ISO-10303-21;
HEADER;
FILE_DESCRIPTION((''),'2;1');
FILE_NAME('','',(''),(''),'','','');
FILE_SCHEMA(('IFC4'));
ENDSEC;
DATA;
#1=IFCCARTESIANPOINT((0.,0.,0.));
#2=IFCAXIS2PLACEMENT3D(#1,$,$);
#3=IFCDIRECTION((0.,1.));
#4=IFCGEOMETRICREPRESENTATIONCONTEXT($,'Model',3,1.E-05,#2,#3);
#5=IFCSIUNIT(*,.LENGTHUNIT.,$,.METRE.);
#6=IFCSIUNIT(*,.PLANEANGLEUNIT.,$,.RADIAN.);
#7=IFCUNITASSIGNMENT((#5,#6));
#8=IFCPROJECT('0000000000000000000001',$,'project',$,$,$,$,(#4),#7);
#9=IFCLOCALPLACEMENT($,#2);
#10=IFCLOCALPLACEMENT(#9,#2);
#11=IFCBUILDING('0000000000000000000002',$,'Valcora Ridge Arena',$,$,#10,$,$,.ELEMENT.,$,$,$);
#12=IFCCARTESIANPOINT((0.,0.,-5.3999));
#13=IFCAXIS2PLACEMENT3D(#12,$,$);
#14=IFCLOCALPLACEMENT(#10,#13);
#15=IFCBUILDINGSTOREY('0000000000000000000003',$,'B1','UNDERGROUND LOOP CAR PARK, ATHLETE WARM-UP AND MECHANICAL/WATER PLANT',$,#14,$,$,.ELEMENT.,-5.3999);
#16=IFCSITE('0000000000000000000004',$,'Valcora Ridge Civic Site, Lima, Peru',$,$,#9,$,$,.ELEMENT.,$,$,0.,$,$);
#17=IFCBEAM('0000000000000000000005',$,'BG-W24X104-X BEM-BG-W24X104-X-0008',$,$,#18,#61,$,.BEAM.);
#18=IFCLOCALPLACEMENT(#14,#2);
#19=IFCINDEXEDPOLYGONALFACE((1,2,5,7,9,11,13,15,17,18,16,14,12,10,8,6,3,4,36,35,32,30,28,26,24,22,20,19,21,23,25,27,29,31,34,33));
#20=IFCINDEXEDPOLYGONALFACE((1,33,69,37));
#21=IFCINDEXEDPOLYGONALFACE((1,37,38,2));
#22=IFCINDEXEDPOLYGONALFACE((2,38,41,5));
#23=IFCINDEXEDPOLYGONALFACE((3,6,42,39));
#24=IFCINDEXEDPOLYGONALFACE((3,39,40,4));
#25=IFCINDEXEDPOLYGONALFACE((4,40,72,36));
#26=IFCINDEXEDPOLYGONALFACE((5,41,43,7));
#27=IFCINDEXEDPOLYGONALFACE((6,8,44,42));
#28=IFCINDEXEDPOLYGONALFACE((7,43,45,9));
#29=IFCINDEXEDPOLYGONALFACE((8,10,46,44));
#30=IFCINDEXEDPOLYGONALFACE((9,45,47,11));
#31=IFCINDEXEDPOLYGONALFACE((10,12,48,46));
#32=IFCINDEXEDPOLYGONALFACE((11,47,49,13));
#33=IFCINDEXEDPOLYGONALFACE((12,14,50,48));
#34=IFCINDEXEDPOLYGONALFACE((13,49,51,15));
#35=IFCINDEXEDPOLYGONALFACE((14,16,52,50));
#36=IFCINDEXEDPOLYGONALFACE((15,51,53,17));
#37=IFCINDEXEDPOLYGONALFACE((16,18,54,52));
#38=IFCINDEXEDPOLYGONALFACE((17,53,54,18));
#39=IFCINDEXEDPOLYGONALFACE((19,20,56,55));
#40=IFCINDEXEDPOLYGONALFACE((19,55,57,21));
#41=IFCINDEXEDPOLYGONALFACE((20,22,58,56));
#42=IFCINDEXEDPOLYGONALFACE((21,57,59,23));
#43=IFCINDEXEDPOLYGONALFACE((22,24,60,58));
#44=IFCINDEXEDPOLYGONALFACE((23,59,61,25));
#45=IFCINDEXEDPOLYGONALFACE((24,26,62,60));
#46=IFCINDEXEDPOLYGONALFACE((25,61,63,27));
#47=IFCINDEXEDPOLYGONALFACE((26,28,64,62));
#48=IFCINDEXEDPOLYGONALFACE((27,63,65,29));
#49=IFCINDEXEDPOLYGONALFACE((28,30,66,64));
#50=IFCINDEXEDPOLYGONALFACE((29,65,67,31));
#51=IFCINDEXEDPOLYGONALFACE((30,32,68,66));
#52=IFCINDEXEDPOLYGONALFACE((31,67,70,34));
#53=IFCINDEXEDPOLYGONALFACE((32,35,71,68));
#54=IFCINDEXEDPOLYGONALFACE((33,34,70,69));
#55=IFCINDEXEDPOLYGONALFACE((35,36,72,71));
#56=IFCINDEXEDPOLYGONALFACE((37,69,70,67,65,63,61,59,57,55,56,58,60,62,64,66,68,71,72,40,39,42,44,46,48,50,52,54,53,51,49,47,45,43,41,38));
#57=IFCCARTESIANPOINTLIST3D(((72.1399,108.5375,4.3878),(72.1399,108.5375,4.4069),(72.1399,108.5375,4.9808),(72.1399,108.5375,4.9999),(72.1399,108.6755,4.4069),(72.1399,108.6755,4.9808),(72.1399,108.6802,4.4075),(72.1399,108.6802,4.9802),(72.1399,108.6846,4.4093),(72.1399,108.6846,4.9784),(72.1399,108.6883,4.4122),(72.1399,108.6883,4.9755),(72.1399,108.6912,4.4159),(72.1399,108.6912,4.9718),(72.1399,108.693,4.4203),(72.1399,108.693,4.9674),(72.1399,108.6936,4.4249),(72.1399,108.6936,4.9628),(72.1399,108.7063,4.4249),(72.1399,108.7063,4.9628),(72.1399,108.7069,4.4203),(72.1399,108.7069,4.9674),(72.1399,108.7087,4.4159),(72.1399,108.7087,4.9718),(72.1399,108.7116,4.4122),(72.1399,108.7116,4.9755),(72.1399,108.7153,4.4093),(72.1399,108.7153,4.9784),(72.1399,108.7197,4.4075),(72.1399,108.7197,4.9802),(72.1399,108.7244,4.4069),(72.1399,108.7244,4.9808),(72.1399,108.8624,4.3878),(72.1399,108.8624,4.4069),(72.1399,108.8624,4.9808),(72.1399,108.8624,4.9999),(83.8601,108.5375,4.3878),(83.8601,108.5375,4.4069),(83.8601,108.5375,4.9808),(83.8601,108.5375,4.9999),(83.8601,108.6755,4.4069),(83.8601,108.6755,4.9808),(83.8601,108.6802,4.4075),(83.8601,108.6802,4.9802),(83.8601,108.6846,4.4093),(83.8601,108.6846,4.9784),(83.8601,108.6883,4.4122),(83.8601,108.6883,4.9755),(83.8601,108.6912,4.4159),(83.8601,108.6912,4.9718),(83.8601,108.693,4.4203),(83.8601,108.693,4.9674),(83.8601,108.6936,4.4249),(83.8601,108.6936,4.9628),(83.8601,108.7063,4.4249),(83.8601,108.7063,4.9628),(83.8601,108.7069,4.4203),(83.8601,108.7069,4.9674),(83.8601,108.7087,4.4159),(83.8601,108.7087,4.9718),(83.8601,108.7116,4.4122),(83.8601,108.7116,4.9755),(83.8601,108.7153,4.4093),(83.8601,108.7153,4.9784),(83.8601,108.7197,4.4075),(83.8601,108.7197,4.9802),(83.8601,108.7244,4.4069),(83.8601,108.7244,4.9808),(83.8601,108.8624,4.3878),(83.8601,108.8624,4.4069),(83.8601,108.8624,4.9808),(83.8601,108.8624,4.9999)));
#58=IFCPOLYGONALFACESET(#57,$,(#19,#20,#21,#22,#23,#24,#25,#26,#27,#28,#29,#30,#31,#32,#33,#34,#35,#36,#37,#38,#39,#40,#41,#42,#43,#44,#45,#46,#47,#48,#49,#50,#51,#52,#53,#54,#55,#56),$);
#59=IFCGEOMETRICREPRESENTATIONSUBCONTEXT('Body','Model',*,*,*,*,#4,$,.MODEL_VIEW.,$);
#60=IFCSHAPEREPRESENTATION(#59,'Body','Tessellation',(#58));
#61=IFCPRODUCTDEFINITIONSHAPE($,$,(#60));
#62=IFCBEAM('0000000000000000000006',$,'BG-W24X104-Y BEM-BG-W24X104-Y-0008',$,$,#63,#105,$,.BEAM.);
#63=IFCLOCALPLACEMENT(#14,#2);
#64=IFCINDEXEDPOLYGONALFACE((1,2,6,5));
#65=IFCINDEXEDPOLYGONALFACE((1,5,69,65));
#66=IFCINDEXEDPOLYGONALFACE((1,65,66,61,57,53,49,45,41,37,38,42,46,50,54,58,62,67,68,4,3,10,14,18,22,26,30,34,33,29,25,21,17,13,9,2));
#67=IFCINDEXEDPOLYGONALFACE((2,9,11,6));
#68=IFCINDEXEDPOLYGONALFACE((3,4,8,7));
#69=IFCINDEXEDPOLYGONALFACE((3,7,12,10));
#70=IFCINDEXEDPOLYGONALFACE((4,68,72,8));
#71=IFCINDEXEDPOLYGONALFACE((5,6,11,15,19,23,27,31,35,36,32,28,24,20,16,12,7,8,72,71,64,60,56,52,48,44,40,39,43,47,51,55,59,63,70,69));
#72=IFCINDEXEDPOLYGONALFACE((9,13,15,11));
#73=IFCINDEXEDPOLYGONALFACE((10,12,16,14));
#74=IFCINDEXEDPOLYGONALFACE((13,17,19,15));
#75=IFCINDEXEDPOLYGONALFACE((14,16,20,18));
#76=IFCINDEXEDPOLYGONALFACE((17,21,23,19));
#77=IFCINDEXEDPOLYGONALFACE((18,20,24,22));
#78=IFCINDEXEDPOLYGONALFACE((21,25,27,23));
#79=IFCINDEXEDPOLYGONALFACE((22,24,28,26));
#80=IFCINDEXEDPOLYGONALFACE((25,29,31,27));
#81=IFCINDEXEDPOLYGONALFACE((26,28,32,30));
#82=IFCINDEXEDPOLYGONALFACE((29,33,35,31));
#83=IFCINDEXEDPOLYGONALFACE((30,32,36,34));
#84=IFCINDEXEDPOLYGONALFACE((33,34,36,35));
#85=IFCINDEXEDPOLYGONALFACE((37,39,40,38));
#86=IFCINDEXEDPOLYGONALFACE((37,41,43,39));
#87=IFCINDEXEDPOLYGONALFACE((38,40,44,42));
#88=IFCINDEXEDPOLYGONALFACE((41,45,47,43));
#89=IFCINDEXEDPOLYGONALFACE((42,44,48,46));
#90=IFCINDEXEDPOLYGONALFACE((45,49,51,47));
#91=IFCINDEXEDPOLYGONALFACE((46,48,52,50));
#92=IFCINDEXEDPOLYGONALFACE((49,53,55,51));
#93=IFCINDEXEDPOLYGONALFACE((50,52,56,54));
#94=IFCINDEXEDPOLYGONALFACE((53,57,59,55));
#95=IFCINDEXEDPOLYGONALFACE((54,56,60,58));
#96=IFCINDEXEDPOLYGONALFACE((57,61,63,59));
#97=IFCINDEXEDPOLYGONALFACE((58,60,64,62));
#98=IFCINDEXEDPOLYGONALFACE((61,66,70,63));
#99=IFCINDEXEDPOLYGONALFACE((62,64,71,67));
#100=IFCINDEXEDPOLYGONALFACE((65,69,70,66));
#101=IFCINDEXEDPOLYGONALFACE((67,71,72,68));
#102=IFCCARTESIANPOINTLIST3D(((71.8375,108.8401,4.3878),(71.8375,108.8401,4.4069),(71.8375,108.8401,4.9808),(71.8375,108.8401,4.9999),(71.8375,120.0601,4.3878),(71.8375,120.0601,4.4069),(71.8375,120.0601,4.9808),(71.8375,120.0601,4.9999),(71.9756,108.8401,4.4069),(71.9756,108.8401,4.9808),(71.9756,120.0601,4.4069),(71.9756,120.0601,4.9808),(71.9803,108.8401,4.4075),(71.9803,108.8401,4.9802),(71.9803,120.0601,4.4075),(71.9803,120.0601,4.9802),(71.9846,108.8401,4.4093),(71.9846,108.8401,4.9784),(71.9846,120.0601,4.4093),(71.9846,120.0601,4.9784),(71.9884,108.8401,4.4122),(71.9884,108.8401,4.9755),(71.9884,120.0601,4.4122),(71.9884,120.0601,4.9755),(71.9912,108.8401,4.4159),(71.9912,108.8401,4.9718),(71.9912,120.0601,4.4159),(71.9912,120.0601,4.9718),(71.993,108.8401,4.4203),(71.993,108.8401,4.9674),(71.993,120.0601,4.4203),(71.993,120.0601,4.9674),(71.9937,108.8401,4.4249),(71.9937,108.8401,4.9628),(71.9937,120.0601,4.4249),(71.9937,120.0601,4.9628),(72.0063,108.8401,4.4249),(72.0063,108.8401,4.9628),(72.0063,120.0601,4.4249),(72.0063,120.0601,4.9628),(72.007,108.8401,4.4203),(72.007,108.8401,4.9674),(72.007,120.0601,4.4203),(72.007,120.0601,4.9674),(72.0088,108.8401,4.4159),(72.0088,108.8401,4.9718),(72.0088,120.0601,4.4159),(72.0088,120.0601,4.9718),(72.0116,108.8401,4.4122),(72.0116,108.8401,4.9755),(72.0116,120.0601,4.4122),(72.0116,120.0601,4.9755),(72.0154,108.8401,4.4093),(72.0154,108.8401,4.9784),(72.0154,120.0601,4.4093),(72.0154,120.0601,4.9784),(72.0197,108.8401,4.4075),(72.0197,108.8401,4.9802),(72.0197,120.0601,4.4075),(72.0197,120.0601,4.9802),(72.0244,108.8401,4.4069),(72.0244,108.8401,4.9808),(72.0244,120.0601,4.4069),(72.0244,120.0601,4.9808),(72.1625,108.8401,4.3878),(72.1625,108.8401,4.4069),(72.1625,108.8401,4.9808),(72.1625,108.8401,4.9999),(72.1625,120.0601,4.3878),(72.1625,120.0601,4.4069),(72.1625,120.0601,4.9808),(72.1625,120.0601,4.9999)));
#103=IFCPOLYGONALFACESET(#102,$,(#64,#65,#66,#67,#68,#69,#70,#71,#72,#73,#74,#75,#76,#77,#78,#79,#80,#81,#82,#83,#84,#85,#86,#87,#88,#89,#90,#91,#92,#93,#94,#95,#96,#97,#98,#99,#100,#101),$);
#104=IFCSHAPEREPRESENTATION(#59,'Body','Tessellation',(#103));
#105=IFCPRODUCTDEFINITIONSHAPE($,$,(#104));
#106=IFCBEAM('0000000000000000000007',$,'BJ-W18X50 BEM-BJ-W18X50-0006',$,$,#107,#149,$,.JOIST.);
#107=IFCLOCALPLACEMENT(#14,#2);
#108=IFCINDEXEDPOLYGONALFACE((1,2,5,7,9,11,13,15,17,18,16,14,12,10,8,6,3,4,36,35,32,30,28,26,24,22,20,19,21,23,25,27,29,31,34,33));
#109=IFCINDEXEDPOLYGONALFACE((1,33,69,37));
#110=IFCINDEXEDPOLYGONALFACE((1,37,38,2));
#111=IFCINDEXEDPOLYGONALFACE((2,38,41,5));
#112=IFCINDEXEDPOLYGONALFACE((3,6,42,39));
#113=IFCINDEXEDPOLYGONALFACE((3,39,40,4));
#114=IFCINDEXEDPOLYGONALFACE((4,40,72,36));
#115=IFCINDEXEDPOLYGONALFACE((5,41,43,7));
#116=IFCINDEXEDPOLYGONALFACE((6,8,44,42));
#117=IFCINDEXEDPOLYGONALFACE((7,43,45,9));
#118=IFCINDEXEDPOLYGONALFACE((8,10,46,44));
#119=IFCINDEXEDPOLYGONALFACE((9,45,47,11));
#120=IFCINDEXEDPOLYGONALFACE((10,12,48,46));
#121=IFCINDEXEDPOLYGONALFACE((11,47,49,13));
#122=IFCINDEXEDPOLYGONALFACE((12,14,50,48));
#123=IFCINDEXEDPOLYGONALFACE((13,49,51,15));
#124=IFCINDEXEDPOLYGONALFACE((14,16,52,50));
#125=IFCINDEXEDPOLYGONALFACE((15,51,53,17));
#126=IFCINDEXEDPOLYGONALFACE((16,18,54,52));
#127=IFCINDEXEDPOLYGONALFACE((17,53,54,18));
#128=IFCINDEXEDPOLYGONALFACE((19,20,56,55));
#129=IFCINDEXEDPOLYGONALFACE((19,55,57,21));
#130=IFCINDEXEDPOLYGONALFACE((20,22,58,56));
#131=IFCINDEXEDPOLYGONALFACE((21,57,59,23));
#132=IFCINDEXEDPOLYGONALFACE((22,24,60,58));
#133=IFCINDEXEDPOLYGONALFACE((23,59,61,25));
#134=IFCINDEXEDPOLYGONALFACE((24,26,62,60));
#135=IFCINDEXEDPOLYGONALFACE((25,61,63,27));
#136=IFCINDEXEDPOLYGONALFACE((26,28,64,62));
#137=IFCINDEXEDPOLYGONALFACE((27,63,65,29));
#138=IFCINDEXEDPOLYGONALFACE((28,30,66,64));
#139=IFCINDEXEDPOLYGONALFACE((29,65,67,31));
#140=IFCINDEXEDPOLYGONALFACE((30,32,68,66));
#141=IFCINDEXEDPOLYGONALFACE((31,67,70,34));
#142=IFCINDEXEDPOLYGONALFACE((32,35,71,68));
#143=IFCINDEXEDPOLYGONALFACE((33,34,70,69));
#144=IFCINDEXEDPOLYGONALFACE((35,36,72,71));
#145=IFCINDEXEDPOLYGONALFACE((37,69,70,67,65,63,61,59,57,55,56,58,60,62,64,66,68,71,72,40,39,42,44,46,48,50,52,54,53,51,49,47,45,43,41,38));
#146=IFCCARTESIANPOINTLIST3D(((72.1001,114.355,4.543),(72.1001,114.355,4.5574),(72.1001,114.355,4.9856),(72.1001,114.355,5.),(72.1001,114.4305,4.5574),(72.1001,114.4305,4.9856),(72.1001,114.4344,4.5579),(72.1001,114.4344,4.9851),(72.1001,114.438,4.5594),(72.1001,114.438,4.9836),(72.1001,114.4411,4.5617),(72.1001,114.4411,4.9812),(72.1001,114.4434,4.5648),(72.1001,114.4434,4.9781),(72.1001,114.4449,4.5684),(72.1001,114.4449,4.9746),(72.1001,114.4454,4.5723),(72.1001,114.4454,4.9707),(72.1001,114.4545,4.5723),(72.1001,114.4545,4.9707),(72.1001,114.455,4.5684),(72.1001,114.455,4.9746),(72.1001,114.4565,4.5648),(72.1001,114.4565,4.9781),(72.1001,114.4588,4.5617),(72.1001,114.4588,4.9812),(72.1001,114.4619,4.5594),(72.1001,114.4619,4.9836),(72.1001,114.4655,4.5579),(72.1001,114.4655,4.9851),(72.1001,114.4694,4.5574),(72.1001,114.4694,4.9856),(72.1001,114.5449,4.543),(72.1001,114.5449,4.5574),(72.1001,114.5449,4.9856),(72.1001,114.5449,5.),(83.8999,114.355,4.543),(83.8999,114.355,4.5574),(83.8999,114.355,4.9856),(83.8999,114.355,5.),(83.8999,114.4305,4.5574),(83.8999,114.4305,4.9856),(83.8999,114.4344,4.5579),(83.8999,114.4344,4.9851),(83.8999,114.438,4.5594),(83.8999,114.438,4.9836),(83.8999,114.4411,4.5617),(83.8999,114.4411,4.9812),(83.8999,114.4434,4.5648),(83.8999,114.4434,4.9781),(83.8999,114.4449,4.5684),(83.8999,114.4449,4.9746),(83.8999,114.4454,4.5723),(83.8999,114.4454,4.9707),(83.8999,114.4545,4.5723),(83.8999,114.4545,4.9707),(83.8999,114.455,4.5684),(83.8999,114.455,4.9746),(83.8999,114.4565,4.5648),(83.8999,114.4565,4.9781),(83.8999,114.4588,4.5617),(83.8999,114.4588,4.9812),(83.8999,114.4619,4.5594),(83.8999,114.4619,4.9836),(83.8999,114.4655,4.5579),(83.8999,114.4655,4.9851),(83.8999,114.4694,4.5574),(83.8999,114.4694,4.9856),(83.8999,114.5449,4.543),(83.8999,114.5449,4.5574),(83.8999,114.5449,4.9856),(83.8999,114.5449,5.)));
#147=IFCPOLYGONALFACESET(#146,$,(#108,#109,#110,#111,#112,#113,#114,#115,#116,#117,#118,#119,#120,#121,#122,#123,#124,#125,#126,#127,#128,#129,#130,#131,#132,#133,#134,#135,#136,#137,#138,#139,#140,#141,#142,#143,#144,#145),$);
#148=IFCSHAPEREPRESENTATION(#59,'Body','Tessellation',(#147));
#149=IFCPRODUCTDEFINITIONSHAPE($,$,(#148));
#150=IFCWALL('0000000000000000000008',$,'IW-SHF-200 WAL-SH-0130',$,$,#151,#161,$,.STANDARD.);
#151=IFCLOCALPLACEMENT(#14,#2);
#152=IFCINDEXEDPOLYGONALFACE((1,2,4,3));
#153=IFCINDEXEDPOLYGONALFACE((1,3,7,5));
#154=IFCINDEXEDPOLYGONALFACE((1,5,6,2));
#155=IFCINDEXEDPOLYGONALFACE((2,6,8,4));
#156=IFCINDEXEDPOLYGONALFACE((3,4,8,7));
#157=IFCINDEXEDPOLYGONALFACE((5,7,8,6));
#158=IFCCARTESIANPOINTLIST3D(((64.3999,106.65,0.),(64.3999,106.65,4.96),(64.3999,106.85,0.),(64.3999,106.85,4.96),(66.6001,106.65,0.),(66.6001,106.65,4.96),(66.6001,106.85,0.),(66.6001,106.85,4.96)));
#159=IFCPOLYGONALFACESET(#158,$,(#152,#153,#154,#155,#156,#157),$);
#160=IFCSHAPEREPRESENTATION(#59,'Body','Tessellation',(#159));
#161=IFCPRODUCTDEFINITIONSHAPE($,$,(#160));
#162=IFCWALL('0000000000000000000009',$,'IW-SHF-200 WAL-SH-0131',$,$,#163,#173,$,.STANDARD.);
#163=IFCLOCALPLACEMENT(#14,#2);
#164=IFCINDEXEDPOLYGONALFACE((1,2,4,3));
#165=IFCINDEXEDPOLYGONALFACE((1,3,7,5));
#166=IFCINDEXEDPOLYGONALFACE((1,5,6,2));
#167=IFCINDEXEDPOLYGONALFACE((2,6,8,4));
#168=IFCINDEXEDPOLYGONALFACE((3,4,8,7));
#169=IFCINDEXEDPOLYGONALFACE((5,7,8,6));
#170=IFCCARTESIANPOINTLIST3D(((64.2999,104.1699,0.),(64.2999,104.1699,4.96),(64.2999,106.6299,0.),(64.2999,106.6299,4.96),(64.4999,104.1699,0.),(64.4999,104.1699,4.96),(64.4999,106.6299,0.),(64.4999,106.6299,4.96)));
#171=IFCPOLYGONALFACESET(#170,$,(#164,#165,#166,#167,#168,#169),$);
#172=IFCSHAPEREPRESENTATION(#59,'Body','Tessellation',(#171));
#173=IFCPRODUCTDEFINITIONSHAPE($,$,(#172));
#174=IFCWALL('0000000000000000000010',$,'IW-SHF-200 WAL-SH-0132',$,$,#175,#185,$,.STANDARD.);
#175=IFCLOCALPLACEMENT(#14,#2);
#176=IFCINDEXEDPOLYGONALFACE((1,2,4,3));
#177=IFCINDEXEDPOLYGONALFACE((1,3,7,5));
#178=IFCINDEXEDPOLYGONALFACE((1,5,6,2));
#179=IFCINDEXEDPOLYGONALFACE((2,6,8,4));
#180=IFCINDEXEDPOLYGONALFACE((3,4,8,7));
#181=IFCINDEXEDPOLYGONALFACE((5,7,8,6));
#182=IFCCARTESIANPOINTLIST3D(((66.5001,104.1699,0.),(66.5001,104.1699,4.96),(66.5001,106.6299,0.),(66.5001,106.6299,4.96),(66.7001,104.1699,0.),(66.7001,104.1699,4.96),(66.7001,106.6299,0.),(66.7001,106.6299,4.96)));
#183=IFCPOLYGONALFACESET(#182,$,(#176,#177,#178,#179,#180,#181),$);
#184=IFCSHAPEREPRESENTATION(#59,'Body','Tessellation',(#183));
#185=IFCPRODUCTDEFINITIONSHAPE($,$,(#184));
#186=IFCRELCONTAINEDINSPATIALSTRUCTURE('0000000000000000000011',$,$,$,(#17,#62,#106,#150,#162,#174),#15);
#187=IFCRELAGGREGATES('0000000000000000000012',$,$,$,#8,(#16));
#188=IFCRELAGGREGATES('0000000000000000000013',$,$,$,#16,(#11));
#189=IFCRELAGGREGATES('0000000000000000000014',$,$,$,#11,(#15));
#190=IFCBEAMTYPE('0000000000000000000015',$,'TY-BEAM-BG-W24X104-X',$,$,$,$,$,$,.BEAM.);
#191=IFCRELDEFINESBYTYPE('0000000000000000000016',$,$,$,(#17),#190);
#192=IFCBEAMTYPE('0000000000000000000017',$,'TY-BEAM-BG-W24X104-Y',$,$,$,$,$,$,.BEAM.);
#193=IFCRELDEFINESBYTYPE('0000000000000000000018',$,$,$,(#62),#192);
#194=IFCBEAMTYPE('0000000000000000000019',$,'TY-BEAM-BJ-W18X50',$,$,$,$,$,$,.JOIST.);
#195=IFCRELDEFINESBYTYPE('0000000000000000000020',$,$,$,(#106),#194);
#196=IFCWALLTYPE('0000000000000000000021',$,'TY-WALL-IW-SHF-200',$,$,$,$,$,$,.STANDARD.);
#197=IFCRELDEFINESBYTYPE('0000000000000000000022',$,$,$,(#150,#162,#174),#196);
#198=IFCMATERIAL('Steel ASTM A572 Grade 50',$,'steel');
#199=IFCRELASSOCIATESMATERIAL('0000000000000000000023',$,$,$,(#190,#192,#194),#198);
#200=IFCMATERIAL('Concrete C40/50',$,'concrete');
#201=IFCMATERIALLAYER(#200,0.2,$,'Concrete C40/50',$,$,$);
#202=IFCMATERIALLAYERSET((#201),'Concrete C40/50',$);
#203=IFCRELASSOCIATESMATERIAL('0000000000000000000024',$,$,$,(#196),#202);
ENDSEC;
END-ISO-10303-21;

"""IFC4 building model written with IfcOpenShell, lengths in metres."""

from ifc_helpers import new_model, si_unit, direction, frame, frame_2d, origin, origin_2d, place, context, subcontext, project, spatial, rectangle, i_section, extrude, material, layer, layer_set, material_profile, profile_set, type_object, element, save


model = new_model("IFC4")

# Units and contexts
model_context = context("Model", 3, precision=1e-05, world=origin(), true_north=direction((0.0, 1.0)))
body_context = subcontext(model_context, "Body", "Model", "MODEL_VIEW")
ifc_project = project(units=[si_unit("LENGTHUNIT", "METRE"), si_unit("PLANEANGLEUNIT", "RADIAN")], contexts=[model_context])

# Site, building, storey
site_placement = place(None, origin())
site = spatial("IfcSite", under=ifc_project, at=site_placement, Name="Valcora Ridge Civic Site, Lima, Peru", CompositionType="ELEMENT", RefElevation=0.0)
building_placement = place(site_placement, origin())
building = spatial("IfcBuilding", under=site, at=building_placement, Name="Valcora Ridge Arena", CompositionType="ELEMENT")
storey_placement = place(building_placement, frame((0.0, 0.0, -5.3999)))
storey = spatial("IfcBuildingStorey", under=building, at=storey_placement, Name="B1", Description="UNDERGROUND LOOP CAR PARK, ATHLETE WARM-UP AND MECHANICAL/WATER PLANT", CompositionType="ELEMENT", Elevation=-5.3999)

# Shared definitions
ifc_material_1 = material(Name="Concrete C40/50", Category="concrete")

# Beams
ifc_material_2 = material(Name="Steel ASTM A572 Grade 50", Category="steel")
ifc_material_profile_1 = material_profile(ifc_material_2, i_section(OverallWidth=0.325, OverallDepth=0.6121, WebThickness=0.0127, FlangeThickness=0.019, FilletRadius=0.0181, at=origin_2d()), Name="W24X104")
ifc_profile_set_1 = profile_set([ifc_material_profile_1], Name="Steel ASTM A572 Grade 50")
beam_type_1 = type_object("IfcBeamType", Name="TY-BEAM-BG-W24X104-X", PredefinedType="BEAM", material=ifc_profile_set_1)
for number, where, z_axis, x_axis, name in (
    (1, (72.1399, 108.7, 4.6938), (1.0, 0.0, 0.0), (0.0, 1.0, 0.0), "BG-W24X104-X BEM-BG-W24X104-X-0008"),
):
    element("IfcBeam", number, at=place(storey_placement, frame(where, z_axis=z_axis, x_axis=x_axis)), inside=storey, type_object=beam_type_1, Name=name, PredefinedType="BEAM", context=body_context, shape_type="SweptSolid", body=[
        extrude(i_section(OverallWidth=0.325, OverallDepth=0.6121, WebThickness=0.0127, FlangeThickness=0.019, FilletRadius=0.0181, at=origin_2d()), origin(), (0.0, 0.0, 1.0), 11.7202),
    ])
ifc_material_profile_2 = material_profile(ifc_material_2, i_section(OverallWidth=0.325, OverallDepth=0.6121, WebThickness=0.0127, FlangeThickness=0.019, FilletRadius=0.0181, at=origin_2d()), Name="W24X104")
ifc_profile_set_2 = profile_set([ifc_material_profile_2], Name="Steel ASTM A572 Grade 50")
beam_type_2 = type_object("IfcBeamType", Name="TY-BEAM-BG-W24X104-Y", PredefinedType="BEAM", material=ifc_profile_set_2)
beam_1_placement = place(storey_placement, frame((72.0, 108.8401, 4.6938), z_axis=(0.0, 1.0, 0.0), x_axis=(-1.0, 0.0, 0.0)))
element("IfcBeam", 2, at=beam_1_placement, inside=storey, type_object=beam_type_2, Name="BG-W24X104-Y BEM-BG-W24X104-Y-0008", PredefinedType="BEAM", context=body_context, shape_type="SweptSolid", body=[
    extrude(i_section(OverallWidth=0.325, OverallDepth=0.6121, WebThickness=0.0127, FlangeThickness=0.019, FilletRadius=0.0181, at=origin_2d()), origin(), (0.0, 0.0, 1.0), 11.22),
])
ifc_material_profile_3 = material_profile(ifc_material_2, i_section(OverallWidth=0.1899, OverallDepth=0.457, WebThickness=0.009, FlangeThickness=0.0144, FilletRadius=0.0149, at=origin_2d()), Name="W18X50")
ifc_profile_set_3 = profile_set([ifc_material_profile_3], Name="Steel ASTM A572 Grade 50")
beam_type_3 = type_object("IfcBeamType", Name="TY-BEAM-BJ-W18X50", PredefinedType="JOIST", material=ifc_profile_set_3)
beam_2_placement = place(storey_placement, frame((72.1001, 114.45, 4.7715), z_axis=(1.0, 0.0, 0.0), x_axis=(0.0, 1.0, 0.0)))
element("IfcBeam", 3, at=beam_2_placement, inside=storey, type_object=beam_type_3, Name="BJ-W18X50 BEM-BJ-W18X50-0006", PredefinedType="JOIST", context=body_context, shape_type="SweptSolid", body=[
    extrude(i_section(OverallWidth=0.1899, OverallDepth=0.457, WebThickness=0.009, FlangeThickness=0.0144, FilletRadius=0.0149, at=origin_2d()), origin(), (0.0, 0.0, 1.0), 11.7998),
])

# Shared definitions
ifc_layer_1 = layer(ifc_material_1, 0.2, Name="Concrete C40/50")
ifc_layer_set_1 = layer_set([ifc_layer_1], Name="Concrete C40/50")
wall_type_1 = type_object("IfcWallType", Name="TY-WALL-IW-SHF-200", PredefinedType="STANDARD", material=ifc_layer_set_1)

# Walls
wall_1_placement = place(storey_placement, frame((64.3999, 106.75, 0.0), z_axis=(0.0, 0.0, 1.0), x_axis=(1.0, 0.0, 0.0)))
element("IfcWall", 4, at=wall_1_placement, inside=storey, type_object=wall_type_1, Name="IW-SHF-200 WAL-SH-0130", PredefinedType="STANDARD", context=body_context, shape_type="SweptSolid", body=[
    extrude(rectangle(XDim=2.2002, YDim=0.2, at=frame_2d((1.1001, 0.0))), origin(), (0.0, 0.0, 1.0), 4.96),
])
for number, where, z_axis, x_axis, name in (
    (5, (64.3999, 104.1699, 0.0), (0.0, 0.0, 1.0), (0.0, 1.0, 0.0), "IW-SHF-200 WAL-SH-0131"),
    (6, (66.6001, 104.1699, 0.0), (0.0, 0.0, 1.0), (0.0, 1.0, 0.0), "IW-SHF-200 WAL-SH-0132"),
):
    element("IfcWall", number, at=place(storey_placement, frame(where, z_axis=z_axis, x_axis=x_axis)), inside=storey, type_object=wall_type_1, Name=name, PredefinedType="STANDARD", context=body_context, shape_type="SweptSolid", body=[
        extrude(rectangle(XDim=2.46, YDim=0.2, at=frame_2d((1.23, 0.0))), origin(), (0.0, 0.0, 1.0), 4.96),
    ])

save(model, "model.ifc")
